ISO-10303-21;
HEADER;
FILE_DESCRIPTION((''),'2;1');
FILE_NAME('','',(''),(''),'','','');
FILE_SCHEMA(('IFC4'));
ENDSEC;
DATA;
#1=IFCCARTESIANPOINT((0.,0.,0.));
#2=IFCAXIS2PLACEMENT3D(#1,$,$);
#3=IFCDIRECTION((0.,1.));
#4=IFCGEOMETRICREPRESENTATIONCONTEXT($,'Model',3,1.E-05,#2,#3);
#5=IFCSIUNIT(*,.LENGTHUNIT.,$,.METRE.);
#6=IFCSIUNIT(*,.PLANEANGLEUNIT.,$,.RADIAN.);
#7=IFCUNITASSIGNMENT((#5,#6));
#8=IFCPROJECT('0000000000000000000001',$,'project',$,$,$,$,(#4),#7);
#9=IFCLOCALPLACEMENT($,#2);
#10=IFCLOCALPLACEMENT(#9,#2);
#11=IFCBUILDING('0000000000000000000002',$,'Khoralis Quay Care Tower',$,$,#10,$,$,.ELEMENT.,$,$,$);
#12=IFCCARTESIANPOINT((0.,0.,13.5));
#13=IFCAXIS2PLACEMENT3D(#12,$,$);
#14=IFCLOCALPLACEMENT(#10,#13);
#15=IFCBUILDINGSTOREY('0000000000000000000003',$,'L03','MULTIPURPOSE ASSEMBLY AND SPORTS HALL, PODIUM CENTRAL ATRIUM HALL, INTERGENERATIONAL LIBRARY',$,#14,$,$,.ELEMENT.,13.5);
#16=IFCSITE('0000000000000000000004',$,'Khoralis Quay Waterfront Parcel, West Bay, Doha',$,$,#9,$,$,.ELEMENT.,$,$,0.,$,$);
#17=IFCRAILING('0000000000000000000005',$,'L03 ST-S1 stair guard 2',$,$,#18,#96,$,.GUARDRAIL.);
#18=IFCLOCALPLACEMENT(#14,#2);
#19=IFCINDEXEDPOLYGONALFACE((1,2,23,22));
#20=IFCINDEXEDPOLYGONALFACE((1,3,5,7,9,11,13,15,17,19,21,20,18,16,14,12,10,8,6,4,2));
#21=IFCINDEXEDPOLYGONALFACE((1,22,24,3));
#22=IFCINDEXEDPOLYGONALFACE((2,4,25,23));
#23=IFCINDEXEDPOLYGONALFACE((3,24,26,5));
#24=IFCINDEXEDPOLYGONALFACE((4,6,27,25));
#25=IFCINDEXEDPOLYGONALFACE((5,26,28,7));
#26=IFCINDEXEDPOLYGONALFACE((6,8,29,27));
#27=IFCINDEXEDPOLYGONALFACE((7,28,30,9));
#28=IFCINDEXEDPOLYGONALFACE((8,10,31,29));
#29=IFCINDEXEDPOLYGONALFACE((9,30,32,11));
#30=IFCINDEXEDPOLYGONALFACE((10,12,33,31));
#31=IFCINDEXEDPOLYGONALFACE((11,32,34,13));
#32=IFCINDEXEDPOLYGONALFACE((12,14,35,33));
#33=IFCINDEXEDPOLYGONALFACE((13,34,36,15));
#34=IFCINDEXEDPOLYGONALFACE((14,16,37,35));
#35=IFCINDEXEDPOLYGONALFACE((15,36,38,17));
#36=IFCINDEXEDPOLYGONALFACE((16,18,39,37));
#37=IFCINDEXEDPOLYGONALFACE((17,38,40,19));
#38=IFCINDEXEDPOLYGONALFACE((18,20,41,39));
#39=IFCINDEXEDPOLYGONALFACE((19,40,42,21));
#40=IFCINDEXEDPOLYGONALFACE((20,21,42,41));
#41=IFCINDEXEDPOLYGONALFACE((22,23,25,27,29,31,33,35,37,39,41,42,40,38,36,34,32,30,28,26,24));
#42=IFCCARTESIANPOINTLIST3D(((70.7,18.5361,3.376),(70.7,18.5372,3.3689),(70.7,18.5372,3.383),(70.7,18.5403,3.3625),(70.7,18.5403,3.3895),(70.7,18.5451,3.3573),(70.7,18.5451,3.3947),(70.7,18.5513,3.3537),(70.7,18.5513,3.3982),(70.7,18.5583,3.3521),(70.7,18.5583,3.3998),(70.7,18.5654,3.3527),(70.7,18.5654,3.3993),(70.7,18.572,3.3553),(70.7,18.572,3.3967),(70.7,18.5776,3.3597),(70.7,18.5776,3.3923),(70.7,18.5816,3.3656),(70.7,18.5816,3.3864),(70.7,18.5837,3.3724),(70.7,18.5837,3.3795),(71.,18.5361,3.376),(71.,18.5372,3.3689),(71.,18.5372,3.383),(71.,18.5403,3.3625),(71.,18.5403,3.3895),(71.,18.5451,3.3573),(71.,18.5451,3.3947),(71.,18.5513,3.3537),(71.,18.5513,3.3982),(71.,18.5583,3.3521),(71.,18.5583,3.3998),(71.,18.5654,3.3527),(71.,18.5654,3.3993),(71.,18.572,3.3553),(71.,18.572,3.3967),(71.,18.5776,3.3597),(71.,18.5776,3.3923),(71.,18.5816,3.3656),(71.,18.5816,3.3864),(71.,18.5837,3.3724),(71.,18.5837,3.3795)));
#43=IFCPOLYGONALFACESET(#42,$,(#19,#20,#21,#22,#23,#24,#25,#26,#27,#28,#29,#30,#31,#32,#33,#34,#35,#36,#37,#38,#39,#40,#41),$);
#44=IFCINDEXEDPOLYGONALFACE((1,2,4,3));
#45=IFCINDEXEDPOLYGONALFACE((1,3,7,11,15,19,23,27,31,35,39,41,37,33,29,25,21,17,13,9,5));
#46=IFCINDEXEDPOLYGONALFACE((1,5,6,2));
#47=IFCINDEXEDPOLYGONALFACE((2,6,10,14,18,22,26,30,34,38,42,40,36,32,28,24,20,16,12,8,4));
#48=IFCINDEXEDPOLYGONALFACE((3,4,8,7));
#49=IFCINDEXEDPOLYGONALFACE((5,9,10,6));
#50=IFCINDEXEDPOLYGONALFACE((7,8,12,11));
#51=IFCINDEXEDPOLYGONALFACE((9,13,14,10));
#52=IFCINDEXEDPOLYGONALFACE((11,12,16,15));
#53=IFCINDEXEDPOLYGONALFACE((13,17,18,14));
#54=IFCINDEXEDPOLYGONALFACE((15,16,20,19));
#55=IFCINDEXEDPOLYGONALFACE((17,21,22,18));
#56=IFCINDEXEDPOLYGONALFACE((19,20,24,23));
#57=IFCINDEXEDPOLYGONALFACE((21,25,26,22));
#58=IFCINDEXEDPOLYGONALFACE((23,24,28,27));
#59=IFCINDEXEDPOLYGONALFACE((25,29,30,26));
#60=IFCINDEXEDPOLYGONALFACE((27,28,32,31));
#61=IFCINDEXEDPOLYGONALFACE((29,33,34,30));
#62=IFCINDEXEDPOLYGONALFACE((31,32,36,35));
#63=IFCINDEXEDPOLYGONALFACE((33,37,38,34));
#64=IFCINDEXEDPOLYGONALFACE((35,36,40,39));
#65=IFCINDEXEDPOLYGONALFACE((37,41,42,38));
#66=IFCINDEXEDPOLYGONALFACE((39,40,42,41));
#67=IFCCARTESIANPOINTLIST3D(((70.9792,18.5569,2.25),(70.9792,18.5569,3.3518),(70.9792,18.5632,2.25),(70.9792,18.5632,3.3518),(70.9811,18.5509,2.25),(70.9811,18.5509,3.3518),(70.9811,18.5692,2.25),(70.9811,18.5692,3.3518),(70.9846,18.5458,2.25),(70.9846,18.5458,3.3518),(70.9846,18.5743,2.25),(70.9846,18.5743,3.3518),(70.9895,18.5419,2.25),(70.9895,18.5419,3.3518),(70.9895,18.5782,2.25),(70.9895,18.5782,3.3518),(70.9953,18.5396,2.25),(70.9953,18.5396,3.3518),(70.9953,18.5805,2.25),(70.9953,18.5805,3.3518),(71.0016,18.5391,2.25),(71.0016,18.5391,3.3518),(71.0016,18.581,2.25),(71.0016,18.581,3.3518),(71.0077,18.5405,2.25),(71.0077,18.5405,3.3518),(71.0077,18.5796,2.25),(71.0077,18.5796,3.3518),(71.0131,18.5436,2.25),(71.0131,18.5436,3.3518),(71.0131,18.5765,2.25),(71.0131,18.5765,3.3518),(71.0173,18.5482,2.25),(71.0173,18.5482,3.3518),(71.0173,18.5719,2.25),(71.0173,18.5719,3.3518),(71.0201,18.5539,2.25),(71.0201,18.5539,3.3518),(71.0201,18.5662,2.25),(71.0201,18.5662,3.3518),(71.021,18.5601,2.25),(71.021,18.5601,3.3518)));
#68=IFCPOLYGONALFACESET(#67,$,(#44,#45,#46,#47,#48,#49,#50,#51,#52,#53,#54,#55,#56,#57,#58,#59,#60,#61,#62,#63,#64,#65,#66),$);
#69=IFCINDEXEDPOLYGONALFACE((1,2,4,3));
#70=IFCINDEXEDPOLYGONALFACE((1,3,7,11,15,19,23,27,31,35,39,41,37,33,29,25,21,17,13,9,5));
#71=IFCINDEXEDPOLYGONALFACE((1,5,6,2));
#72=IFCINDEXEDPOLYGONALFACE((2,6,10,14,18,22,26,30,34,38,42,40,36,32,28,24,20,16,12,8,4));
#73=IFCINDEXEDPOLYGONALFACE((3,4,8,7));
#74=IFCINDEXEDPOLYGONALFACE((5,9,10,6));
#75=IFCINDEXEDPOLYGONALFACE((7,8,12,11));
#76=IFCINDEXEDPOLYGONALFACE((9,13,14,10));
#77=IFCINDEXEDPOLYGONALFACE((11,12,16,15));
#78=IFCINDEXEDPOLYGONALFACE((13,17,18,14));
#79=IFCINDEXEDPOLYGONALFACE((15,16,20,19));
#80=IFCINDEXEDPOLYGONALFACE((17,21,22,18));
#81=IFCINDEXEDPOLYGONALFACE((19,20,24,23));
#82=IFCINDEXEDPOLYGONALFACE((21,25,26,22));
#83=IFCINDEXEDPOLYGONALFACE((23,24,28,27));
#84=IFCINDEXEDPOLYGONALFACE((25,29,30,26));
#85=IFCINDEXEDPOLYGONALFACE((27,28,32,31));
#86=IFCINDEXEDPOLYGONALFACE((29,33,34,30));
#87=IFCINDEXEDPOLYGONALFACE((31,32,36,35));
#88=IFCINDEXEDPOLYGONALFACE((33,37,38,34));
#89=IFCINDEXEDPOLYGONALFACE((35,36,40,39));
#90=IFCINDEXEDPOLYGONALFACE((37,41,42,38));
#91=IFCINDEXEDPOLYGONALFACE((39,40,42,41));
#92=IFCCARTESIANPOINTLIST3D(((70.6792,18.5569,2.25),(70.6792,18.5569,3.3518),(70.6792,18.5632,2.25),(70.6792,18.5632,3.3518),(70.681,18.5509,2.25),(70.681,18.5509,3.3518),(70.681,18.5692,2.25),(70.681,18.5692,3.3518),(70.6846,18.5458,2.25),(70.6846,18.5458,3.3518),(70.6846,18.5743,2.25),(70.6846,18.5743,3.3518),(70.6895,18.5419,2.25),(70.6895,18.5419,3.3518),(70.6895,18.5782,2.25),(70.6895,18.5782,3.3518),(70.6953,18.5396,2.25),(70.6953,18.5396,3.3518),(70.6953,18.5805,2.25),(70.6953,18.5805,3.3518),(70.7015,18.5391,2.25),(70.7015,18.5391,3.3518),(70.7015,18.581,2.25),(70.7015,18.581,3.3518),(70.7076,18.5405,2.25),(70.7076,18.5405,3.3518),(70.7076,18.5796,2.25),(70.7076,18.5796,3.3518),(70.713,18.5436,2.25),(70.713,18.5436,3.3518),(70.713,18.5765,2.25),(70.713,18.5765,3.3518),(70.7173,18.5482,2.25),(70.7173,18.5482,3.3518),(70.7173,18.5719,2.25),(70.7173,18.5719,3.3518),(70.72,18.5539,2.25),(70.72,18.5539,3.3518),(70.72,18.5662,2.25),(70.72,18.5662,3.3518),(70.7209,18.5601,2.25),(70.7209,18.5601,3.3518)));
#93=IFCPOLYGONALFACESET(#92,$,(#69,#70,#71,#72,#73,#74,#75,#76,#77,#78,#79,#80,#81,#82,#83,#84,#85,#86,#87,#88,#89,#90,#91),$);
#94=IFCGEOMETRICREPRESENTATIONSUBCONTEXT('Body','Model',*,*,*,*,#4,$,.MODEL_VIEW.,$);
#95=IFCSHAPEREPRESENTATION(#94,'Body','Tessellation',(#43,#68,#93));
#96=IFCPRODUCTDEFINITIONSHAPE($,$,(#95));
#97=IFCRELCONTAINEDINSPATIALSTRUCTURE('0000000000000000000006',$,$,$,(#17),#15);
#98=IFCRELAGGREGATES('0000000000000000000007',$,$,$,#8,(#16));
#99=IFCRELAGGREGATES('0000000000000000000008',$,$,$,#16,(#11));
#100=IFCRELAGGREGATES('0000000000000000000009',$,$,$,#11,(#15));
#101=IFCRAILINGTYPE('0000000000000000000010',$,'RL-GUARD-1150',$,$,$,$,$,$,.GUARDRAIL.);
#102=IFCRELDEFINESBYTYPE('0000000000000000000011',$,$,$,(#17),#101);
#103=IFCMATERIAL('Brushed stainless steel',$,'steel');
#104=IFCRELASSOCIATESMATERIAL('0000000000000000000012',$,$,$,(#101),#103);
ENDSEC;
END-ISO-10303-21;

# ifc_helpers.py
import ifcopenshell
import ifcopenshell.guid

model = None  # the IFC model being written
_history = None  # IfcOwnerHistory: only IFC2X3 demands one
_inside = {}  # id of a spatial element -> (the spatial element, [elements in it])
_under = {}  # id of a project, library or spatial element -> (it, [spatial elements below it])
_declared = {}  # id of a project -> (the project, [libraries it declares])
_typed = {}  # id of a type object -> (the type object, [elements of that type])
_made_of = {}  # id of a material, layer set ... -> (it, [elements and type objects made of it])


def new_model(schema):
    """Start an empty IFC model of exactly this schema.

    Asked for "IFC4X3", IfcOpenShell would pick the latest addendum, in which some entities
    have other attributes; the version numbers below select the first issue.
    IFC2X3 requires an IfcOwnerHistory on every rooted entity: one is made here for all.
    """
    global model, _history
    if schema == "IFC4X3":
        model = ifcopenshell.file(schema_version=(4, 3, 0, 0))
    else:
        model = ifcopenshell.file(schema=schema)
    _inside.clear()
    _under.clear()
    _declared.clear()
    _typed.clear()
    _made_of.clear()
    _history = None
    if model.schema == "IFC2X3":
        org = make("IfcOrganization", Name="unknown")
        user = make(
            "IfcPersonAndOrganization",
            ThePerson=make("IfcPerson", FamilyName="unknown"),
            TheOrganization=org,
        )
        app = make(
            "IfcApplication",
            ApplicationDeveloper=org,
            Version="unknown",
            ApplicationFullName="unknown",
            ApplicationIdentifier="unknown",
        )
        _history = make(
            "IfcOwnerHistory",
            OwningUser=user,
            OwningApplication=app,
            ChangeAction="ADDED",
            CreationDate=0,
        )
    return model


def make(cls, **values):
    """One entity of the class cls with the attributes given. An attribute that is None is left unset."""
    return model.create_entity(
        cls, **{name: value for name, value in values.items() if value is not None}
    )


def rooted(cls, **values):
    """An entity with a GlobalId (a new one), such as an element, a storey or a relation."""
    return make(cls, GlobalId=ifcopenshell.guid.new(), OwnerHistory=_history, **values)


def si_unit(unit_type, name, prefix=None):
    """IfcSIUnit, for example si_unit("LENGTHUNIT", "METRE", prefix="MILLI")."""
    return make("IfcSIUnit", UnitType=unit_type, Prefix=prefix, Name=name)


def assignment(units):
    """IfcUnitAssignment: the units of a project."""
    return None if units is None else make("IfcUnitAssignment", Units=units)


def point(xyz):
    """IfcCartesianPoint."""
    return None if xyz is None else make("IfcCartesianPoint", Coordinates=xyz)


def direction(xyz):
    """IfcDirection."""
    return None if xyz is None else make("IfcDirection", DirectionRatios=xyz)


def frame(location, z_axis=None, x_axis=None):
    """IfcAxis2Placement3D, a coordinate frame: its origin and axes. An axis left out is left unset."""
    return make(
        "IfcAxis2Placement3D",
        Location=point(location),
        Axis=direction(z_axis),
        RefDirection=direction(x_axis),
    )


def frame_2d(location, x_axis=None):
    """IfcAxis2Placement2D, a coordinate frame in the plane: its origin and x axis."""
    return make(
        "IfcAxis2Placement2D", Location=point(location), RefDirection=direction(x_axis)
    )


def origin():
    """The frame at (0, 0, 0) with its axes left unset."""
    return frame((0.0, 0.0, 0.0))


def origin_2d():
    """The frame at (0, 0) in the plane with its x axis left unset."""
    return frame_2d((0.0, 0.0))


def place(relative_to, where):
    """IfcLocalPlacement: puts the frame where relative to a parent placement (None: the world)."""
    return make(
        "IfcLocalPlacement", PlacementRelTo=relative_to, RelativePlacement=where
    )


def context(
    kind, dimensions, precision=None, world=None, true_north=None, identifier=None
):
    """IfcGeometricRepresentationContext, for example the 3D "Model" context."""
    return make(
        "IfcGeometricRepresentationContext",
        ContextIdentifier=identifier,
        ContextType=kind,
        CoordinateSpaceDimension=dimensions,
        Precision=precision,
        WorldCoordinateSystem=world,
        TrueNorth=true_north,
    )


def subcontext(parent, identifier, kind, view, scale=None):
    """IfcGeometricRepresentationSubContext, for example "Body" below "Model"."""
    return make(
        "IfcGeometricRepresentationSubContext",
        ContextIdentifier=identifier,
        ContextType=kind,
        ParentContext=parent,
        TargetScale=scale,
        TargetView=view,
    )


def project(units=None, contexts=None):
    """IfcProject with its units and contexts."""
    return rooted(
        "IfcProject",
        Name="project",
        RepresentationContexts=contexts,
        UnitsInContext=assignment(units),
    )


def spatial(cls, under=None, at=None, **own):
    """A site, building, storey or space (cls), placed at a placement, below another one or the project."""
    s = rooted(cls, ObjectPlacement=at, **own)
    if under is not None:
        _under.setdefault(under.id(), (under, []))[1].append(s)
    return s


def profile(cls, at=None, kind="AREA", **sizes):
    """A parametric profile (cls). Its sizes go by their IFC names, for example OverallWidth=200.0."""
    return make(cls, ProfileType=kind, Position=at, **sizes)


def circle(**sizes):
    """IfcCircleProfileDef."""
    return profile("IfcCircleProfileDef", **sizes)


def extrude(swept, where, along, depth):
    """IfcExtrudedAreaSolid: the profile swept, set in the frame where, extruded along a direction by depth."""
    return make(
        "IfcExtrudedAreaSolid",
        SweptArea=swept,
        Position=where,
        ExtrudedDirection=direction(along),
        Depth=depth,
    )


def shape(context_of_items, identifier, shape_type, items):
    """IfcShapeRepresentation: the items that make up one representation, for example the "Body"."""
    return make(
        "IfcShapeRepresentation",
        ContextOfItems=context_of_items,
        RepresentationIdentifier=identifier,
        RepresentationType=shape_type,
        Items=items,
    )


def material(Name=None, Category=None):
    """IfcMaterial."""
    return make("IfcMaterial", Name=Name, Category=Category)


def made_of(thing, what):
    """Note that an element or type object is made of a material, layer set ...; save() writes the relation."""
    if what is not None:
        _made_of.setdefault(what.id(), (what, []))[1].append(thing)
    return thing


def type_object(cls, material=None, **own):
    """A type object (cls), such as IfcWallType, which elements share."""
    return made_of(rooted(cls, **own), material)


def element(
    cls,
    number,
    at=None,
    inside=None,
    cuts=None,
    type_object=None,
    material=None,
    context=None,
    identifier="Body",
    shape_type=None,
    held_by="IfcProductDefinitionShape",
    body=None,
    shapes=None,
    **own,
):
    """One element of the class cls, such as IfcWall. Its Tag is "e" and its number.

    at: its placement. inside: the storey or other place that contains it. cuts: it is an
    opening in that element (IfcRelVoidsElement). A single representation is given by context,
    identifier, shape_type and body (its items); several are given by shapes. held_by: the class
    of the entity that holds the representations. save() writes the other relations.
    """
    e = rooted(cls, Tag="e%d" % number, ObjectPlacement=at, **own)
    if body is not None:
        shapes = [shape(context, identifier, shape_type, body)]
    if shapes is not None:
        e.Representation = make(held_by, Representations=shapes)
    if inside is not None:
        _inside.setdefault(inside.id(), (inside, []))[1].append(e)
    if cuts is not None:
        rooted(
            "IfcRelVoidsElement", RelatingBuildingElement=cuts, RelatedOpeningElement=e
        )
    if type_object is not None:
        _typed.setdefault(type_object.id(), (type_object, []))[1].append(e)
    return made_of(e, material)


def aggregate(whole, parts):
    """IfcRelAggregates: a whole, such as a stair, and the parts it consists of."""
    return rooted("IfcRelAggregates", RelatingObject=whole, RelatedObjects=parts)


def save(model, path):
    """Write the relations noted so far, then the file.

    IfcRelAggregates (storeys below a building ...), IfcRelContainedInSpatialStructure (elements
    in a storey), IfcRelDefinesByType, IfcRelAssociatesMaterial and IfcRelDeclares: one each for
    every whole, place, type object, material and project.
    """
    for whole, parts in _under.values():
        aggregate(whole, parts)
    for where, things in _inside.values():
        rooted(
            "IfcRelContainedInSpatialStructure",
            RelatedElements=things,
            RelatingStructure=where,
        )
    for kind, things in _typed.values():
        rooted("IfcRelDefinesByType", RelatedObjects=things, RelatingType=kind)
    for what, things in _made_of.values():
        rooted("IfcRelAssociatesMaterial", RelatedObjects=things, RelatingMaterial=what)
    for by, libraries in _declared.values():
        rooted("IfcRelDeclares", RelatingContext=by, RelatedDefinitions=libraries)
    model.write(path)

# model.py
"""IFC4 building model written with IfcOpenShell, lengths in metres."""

from ifc_helpers import new_model, si_unit, direction, frame, origin, origin_2d, place, context, subcontext, project, spatial, circle, extrude, material, type_object, element, save


model = new_model("IFC4")

# Units and contexts
model_context = context("Model", 3, precision=1e-05, world=origin(), true_north=direction((0.0, 1.0)))
body_context = subcontext(model_context, "Body", "Model", "MODEL_VIEW")
ifc_project = project(units=[si_unit("LENGTHUNIT", "METRE"), si_unit("PLANEANGLEUNIT", "RADIAN")], contexts=[model_context])

# Site, building, storey
site_placement = place(None, origin())
site = spatial("IfcSite", under=ifc_project, at=site_placement, Name="Khoralis Quay Waterfront Parcel, West Bay, Doha", CompositionType="ELEMENT", RefElevation=0.0)
building_placement = place(site_placement, origin())
building = spatial("IfcBuilding", under=site, at=building_placement, Name="Khoralis Quay Care Tower", CompositionType="ELEMENT")
storey_placement = place(building_placement, frame((0.0, 0.0, 13.5)))
storey = spatial("IfcBuildingStorey", under=building, at=storey_placement, Name="L03", Description="MULTIPURPOSE ASSEMBLY AND SPORTS HALL, PODIUM CENTRAL ATRIUM HALL, INTERGENERATIONAL LIBRARY", CompositionType="ELEMENT", Elevation=13.5)

# Shared definitions
ifc_material_1 = material(Name="Brushed stainless steel", Category="steel")

# Railing
railing_type_1 = type_object("IfcRailingType", Name="RL-GUARD-1150", PredefinedType="GUARDRAIL", material=ifc_material_1)
railing_1_placement = place(storey_placement, frame((71.0, 18.5601, 2.25)))
element("IfcRailing", 1, at=railing_1_placement, inside=storey, type_object=railing_type_1, Name="L03 ST-S1 stair guard 2", PredefinedType="GUARDRAIL", context=body_context, shape_type="SweptSolid", body=[
    extrude(circle(Radius=0.0239, at=origin_2d()), frame((0.0, 0.0, 1.126), z_axis=(-1.0, 0.0, 0.0), x_axis=(0.0, -1.0, 0.0)), (0.0, 0.0, 1.0), 0.3),
    extrude(circle(Radius=0.021, at=origin_2d()), origin(), (0.0, 0.0, 1.0), 1.1018),
    extrude(circle(Radius=0.021, at=origin_2d()), frame((-0.3, 0.0, 0.0)), (0.0, 0.0, 1.0), 1.1018),
])

save(model, "model.ifc")
